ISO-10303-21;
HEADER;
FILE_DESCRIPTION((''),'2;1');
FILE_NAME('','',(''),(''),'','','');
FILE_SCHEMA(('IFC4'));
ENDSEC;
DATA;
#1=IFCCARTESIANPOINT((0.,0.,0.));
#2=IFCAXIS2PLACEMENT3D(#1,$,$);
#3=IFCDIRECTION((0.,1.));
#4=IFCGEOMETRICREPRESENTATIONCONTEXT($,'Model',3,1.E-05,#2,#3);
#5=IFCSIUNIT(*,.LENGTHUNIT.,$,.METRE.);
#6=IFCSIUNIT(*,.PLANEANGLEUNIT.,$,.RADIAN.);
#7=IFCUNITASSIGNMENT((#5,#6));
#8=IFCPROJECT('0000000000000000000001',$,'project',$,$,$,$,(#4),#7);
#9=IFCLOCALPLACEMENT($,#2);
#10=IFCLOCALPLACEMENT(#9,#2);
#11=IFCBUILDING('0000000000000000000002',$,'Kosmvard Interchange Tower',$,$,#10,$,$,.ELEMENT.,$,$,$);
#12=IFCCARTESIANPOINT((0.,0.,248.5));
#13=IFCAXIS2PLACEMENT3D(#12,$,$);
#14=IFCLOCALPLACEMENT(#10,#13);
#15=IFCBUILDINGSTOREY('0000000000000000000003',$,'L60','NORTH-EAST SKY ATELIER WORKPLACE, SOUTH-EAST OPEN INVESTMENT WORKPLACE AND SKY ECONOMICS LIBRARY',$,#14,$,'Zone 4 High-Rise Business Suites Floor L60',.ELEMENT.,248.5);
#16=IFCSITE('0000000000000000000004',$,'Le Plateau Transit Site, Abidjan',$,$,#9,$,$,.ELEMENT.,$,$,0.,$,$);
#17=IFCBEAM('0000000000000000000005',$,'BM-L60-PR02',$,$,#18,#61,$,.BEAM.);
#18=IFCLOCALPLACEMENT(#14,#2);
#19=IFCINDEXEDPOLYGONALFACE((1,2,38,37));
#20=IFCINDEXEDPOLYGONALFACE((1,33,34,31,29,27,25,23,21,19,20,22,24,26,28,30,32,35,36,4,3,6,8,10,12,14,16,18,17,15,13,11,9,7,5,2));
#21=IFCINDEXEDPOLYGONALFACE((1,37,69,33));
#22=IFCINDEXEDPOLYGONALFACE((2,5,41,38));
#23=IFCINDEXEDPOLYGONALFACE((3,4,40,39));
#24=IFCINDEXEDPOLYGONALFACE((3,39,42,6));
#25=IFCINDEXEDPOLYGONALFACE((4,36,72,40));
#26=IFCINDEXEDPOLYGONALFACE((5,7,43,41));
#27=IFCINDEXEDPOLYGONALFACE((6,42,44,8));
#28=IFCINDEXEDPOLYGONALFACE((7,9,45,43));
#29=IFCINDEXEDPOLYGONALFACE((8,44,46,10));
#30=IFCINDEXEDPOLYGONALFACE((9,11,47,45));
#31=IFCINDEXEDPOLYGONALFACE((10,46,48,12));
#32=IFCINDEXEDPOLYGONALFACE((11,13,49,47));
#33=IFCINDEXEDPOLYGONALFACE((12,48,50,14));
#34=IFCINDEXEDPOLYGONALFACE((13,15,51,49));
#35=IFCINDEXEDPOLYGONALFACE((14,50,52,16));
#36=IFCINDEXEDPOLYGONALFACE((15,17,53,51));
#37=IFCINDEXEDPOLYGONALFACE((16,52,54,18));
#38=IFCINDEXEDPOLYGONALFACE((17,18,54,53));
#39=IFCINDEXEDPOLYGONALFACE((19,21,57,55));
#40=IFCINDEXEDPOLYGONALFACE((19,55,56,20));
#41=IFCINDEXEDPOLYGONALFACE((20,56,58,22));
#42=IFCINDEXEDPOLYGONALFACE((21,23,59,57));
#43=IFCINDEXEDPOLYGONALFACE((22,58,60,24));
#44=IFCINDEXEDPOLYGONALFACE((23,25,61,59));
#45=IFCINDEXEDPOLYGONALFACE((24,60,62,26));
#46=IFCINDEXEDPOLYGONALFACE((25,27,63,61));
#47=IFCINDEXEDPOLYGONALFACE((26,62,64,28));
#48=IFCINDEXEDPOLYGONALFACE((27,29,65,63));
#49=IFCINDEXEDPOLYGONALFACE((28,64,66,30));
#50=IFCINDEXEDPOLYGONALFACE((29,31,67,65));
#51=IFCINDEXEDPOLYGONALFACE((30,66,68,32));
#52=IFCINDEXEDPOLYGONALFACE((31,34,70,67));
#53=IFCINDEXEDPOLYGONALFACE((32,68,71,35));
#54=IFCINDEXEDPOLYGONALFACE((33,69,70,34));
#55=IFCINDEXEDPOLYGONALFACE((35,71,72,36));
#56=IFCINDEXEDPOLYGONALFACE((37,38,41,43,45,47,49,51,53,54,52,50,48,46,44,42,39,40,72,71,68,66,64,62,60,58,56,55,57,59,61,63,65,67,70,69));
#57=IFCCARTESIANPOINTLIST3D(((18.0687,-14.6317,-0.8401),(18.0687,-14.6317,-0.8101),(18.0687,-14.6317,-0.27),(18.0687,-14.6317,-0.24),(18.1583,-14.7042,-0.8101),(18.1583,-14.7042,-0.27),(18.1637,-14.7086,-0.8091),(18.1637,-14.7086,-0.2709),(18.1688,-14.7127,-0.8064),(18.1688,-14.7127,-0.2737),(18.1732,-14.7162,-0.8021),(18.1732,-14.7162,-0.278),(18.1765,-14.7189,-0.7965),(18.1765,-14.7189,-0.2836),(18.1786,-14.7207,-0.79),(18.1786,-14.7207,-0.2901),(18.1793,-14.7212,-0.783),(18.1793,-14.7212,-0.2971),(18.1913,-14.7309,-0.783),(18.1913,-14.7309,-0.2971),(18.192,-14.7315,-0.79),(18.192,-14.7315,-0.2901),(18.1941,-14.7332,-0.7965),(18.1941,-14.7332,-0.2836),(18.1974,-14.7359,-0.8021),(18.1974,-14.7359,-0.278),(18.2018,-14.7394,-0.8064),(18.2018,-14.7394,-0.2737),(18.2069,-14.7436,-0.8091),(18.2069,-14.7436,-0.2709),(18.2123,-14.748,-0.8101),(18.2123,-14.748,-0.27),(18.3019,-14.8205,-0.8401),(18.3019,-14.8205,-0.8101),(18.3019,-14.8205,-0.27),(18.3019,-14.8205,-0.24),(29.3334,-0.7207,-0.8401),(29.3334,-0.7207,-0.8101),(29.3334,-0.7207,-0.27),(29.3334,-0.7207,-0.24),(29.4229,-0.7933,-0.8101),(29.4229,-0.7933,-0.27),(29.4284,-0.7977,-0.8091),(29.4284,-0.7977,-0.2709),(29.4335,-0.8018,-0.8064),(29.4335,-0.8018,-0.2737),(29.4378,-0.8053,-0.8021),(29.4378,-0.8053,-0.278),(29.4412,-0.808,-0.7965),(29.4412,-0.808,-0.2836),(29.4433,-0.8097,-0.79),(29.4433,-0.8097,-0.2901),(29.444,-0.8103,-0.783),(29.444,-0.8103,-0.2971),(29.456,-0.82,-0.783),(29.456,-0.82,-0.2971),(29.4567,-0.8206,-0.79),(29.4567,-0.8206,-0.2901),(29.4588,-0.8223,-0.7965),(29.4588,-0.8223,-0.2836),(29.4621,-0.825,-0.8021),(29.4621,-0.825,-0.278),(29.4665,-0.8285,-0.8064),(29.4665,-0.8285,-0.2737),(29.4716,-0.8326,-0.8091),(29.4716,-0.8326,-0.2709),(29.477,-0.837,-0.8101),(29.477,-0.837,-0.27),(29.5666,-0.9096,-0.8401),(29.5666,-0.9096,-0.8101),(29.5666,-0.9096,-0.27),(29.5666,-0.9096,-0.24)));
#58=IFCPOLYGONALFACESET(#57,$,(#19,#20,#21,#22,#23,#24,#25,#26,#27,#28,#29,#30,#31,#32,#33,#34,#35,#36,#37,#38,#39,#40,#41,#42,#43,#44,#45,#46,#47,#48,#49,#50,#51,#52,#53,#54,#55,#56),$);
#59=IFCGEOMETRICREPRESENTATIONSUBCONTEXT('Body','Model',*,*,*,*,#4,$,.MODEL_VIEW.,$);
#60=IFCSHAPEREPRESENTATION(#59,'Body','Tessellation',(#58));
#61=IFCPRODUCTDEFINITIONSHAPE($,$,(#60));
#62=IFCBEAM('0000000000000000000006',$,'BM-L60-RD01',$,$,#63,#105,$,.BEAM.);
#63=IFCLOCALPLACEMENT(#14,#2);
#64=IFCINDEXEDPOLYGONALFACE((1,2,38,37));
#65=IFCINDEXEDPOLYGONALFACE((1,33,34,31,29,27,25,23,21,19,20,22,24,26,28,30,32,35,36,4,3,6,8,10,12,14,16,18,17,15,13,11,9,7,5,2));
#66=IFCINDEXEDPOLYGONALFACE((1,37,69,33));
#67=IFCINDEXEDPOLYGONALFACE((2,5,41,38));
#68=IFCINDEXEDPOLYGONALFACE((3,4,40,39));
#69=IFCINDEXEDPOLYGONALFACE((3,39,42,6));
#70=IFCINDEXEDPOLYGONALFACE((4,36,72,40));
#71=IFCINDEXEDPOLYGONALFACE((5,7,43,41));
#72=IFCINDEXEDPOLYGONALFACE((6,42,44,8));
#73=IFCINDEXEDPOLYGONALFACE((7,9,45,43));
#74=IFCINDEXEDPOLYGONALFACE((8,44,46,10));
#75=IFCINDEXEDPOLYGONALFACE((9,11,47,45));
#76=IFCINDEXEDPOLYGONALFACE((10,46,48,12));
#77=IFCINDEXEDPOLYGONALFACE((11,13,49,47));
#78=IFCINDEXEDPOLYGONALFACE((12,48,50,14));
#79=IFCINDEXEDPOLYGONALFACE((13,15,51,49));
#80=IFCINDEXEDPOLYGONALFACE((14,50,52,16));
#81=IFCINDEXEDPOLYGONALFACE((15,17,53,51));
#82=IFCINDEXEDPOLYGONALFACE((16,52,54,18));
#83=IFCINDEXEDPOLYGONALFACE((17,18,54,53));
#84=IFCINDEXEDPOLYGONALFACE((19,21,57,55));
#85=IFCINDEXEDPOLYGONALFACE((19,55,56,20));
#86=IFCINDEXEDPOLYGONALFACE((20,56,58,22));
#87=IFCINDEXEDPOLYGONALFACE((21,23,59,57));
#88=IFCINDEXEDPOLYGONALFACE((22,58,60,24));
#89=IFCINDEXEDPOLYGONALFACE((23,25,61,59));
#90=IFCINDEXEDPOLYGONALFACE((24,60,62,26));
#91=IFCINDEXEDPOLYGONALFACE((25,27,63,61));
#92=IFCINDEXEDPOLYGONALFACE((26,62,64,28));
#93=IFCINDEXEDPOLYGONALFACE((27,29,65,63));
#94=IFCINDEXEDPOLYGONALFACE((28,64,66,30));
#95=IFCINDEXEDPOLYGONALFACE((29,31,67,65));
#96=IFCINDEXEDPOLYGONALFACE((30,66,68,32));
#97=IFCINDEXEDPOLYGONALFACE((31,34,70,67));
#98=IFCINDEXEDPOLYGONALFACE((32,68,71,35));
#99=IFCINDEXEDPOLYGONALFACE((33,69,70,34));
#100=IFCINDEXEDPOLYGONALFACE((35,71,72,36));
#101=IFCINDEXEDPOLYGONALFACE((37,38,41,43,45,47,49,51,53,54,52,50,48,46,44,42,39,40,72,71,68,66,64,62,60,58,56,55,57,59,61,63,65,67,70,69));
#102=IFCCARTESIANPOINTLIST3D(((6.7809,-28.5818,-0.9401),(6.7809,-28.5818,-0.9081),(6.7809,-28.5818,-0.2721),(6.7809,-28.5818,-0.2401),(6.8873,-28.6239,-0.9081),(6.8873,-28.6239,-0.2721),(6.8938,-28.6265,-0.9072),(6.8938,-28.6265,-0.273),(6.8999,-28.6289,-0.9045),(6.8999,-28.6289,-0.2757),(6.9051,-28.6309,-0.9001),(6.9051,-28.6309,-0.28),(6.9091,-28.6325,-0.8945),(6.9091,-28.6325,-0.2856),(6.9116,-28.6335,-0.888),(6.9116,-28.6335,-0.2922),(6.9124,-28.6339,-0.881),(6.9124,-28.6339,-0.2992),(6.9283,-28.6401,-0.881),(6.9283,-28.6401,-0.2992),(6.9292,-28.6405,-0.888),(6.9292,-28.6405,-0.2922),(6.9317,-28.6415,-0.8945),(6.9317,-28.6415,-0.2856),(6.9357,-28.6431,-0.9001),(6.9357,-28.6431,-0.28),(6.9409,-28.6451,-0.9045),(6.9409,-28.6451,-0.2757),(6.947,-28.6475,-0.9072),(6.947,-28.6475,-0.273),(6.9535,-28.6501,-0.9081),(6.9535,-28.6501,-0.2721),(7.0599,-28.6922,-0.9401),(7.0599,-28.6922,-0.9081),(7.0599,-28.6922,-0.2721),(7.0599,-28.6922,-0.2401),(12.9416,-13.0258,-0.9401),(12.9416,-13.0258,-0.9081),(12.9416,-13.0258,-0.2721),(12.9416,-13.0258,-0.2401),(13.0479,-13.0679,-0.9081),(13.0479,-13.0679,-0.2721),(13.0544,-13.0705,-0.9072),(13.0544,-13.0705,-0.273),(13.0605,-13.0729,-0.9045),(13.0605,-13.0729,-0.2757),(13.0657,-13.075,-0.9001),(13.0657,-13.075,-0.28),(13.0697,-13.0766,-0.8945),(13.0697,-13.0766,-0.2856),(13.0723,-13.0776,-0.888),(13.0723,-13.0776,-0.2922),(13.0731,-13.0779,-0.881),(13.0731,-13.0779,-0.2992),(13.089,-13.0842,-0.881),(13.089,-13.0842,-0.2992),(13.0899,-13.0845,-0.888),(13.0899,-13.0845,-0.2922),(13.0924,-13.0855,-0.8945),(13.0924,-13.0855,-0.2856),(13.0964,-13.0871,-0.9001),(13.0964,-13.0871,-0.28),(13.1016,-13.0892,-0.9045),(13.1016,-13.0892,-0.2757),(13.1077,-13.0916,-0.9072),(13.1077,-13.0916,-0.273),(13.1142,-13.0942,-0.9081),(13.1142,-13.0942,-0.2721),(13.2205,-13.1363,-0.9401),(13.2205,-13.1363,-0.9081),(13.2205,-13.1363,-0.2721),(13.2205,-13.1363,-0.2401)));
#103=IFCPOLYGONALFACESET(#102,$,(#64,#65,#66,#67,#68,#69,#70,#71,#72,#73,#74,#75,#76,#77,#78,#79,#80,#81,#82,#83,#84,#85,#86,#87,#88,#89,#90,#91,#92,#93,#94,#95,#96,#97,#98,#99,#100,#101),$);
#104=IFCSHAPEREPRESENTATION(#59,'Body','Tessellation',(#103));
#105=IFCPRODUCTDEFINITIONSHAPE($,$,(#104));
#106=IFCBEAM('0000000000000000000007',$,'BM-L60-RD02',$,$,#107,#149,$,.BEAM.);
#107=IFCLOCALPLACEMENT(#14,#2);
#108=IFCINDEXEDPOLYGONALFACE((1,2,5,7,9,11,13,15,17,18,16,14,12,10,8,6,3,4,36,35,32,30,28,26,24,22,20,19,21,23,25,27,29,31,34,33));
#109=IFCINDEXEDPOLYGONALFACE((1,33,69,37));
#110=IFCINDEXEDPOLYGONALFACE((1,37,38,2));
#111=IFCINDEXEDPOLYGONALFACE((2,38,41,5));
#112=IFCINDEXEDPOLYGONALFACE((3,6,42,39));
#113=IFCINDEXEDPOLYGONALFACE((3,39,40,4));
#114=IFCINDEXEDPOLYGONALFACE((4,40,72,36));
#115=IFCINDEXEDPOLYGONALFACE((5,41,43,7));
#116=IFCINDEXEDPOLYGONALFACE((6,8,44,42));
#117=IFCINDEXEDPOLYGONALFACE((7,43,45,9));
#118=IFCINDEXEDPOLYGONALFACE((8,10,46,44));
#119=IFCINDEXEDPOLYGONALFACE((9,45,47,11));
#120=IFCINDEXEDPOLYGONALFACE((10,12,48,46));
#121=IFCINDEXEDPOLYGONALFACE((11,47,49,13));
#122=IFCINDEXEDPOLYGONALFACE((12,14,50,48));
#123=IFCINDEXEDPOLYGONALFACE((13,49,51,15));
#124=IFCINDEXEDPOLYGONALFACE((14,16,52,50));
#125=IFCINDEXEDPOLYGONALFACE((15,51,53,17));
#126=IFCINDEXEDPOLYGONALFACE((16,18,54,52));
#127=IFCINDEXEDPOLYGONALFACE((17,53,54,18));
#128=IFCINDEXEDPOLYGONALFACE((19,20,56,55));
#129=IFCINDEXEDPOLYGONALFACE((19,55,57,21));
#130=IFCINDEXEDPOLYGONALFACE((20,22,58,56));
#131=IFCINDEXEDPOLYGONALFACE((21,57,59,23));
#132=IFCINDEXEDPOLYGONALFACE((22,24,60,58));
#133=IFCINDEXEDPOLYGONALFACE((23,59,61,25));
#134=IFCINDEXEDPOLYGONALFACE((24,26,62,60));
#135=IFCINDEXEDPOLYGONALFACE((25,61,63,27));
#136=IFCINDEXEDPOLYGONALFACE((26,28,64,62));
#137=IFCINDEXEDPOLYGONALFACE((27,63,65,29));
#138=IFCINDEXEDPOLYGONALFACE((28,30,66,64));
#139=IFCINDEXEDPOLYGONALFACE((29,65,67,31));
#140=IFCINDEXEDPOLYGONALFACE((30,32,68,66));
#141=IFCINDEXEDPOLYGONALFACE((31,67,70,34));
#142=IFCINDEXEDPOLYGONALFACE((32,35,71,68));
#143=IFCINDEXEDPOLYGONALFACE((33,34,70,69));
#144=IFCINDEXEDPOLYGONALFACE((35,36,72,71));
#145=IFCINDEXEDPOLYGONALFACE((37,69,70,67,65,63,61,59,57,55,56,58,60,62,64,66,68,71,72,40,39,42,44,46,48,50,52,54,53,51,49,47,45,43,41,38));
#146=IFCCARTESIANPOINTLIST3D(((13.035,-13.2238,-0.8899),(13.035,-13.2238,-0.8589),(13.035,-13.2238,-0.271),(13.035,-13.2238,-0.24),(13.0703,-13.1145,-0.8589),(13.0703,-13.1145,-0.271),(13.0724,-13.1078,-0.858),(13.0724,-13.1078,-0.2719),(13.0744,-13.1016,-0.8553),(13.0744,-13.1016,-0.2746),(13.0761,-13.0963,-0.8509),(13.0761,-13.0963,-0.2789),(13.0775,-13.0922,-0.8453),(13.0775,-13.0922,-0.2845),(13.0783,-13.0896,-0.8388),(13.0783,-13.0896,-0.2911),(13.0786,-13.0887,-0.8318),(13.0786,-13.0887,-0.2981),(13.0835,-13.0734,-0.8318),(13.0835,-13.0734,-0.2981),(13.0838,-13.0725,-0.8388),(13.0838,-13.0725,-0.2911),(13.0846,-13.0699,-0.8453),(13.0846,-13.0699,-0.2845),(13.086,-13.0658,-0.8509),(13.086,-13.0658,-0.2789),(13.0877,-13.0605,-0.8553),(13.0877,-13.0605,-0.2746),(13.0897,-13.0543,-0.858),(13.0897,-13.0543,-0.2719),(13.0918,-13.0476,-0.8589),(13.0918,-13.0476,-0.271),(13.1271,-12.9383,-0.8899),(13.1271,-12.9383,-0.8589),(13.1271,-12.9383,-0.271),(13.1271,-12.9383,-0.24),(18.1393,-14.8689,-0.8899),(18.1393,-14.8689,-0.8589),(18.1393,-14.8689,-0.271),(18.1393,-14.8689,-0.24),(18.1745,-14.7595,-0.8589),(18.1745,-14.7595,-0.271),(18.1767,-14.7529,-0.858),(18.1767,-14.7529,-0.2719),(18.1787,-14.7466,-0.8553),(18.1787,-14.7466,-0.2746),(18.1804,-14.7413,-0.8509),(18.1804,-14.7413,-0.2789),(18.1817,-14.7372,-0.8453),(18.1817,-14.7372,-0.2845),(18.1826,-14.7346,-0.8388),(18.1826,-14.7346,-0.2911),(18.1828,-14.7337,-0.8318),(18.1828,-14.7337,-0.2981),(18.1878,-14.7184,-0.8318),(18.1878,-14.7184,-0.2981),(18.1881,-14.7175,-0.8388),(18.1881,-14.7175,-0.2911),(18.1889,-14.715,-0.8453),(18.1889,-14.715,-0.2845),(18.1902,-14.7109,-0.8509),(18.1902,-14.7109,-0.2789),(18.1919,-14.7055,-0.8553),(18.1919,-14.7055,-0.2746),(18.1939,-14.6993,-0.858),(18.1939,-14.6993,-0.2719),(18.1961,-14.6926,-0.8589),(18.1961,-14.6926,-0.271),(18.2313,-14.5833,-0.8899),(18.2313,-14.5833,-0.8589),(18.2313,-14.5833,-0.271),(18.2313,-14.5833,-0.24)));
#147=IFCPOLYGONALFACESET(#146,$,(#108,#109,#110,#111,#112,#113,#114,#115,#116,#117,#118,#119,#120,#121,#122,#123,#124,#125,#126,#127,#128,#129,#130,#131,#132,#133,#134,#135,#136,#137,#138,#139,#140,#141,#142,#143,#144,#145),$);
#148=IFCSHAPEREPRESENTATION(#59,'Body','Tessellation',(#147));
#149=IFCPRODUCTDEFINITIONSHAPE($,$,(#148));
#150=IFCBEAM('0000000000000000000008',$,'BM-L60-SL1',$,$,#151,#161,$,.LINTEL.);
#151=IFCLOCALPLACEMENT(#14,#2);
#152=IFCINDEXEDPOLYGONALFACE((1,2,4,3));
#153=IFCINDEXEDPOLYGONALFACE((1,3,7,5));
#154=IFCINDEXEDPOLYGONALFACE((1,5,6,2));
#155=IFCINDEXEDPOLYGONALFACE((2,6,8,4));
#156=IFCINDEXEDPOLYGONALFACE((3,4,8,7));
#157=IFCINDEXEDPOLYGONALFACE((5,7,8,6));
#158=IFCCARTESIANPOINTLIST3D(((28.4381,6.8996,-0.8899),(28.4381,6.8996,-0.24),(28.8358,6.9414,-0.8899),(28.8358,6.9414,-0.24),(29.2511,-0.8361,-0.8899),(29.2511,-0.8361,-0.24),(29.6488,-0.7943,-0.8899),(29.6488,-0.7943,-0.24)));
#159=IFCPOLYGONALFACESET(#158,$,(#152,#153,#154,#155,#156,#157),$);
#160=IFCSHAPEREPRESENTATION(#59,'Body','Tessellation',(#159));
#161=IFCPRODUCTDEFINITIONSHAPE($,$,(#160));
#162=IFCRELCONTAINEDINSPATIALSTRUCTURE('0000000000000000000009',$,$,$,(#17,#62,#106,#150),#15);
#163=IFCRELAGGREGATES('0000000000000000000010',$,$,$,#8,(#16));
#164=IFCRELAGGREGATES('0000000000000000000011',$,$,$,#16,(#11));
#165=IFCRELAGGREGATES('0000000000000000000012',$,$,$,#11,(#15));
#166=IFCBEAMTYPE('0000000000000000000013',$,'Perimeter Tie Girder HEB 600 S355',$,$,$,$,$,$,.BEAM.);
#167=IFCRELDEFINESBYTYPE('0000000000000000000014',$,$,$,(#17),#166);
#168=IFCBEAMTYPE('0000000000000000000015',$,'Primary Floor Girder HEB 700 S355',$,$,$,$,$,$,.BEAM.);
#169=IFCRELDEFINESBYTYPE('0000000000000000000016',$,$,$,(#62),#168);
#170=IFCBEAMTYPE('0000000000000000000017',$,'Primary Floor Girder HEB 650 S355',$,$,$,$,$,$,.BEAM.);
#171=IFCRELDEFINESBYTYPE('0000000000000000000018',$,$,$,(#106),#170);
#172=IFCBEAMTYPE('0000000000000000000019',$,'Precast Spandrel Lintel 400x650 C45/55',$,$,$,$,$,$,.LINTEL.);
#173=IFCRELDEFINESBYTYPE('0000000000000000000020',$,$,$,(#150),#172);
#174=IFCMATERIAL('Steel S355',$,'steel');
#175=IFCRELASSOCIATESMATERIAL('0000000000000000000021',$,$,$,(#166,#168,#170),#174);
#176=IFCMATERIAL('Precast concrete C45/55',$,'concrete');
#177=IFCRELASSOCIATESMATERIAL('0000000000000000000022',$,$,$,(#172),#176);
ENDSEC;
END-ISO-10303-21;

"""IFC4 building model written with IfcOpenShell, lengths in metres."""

from ifc_helpers import new_model, si_unit, direction, frame, origin, origin_2d, place, context, subcontext, project, spatial, rectangle, i_section, extrude, source, transform, mapped, material, material_profile, profile_set, type_object, element, save


model = new_model("IFC4")

# Units and contexts
model_context = context("Model", 3, precision=1e-05, world=origin(), true_north=direction((0.0, 1.0)))
body_context = subcontext(model_context, "Body", "Model", "MODEL_VIEW")
ifc_project = project(units=[si_unit("LENGTHUNIT", "METRE"), si_unit("PLANEANGLEUNIT", "RADIAN")], contexts=[model_context])

# Site, building, storey
site_placement = place(None, origin())
site = spatial("IfcSite", under=ifc_project, at=site_placement, Name="Le Plateau Transit Site, Abidjan", CompositionType="ELEMENT", RefElevation=0.0)
building_placement = place(site_placement, origin())
building = spatial("IfcBuilding", under=site, at=building_placement, Name="Kosmvard Interchange Tower", CompositionType="ELEMENT")
storey_placement = place(building_placement, frame((0.0, 0.0, 248.5)))
storey = spatial("IfcBuildingStorey", under=building, at=storey_placement, Name="L60", Description="NORTH-EAST SKY ATELIER WORKPLACE, SOUTH-EAST OPEN INVESTMENT WORKPLACE AND SKY ECONOMICS LIBRARY", LongName="Zone 4 High-Rise Business Suites Floor L60", CompositionType="ELEMENT", Elevation=248.5)

# Beams
ifc_material_1 = material(Name="Steel S355", Category="steel")
ifc_material_profile_1 = material_profile(ifc_material_1, i_section(OverallWidth=0.3, OverallDepth=0.6001, WebThickness=0.0154, FlangeThickness=0.03, FilletRadius=0.0271, at=origin_2d()), Name="HEB 600")
ifc_profile_set_1 = profile_set([ifc_material_profile_1], Name="Steel S355")
beam_type_1 = type_object("IfcBeamType", Name="Perimeter Tie Girder HEB 600 S355", PredefinedType="BEAM", material=ifc_profile_set_1)
shared_shape_1 = source(origin(), body_context, "Body", "SweptSolid", [
    extrude(i_section(OverallWidth=0.3, OverallDepth=0.6001, WebThickness=0.0154, FlangeThickness=0.03, FilletRadius=0.0271, at=origin_2d()), origin(), (0.0, 0.0, 1.0), 17.8999),
])
beam_1_placement = place(storey_placement, frame((18.1853, -14.7261, -0.54), z_axis=(0.629315, 0.777151, 0.0), x_axis=(-0.777151, 0.629315, 0.0)))
element("IfcBeam", 1, at=beam_1_placement, inside=storey, type_object=beam_type_1, Name="BM-L60-PR02", PredefinedType="BEAM", context=body_context, shape_type="MappedRepresentation", body=[
    mapped(shared_shape_1, transform((0.0, 0.0, 0.0), scale=1.0)),
])
ifc_material_profile_2 = material_profile(ifc_material_1, i_section(OverallWidth=0.3, OverallDepth=0.7, WebThickness=0.0171, FlangeThickness=0.032, FilletRadius=0.0271, at=origin_2d()), Name="HEB 700")
ifc_profile_set_2 = profile_set([ifc_material_profile_2], Name="Steel S355")
beam_type_2 = type_object("IfcBeamType", Name="Primary Floor Girder HEB 700 S355", PredefinedType="BEAM", material=ifc_profile_set_2)
shared_shape_2 = source(origin(), body_context, "Body", "SweptSolid", [
    extrude(i_section(OverallWidth=0.3, OverallDepth=0.7, WebThickness=0.0171, FlangeThickness=0.032, FilletRadius=0.0271, at=origin_2d()), origin(), (0.0, 0.0, 1.0), 16.7314),
])
beam_2_placement = place(storey_placement, frame((13.0811, -13.0811, -0.5901), z_axis=(-0.368209, -0.929743, 0.0), x_axis=(0.929743, -0.368209, 0.0)))
element("IfcBeam", 2, at=beam_2_placement, inside=storey, type_object=beam_type_2, Name="BM-L60-RD01", PredefinedType="BEAM", context=body_context, shape_type="MappedRepresentation", body=[
    mapped(shared_shape_2, transform((0.0, 0.0, 0.0), scale=1.0)),
])
ifc_material_profile_3 = material_profile(ifc_material_1, i_section(OverallWidth=0.3, OverallDepth=0.6499, WebThickness=0.0161, FlangeThickness=0.031, FilletRadius=0.0271, at=origin_2d()), Name="HEB 650")
ifc_profile_set_3 = profile_set([ifc_material_profile_3], Name="Steel S355")
beam_type_3 = type_object("IfcBeamType", Name="Primary Floor Girder HEB 650 S355", PredefinedType="BEAM", material=ifc_profile_set_3)
shared_shape_3 = source(origin(), body_context, "Body", "SweptSolid", [
    extrude(i_section(OverallWidth=0.3, OverallDepth=0.6499, WebThickness=0.0161, FlangeThickness=0.031, FilletRadius=0.0271, at=origin_2d()), origin(), (0.0, 0.0, 1.0), 5.3628),
])
beam_3_placement = place(storey_placement, frame((13.0811, -13.0811, -0.5649), z_axis=(0.951791, -0.306747, 0.0), x_axis=(0.306747, 0.951791, 0.0)))
element("IfcBeam", 3, at=beam_3_placement, inside=storey, type_object=beam_type_3, Name="BM-L60-RD02", PredefinedType="BEAM", context=body_context, shape_type="MappedRepresentation", body=[
    mapped(shared_shape_3, transform((0.0, 0.0, 0.0), scale=1.0)),
])
ifc_material_2 = material(Name="Precast concrete C45/55", Category="concrete")
ifc_material_profile_4 = material_profile(ifc_material_2, rectangle(XDim=0.3999, YDim=0.6499, at=origin_2d()), Name="SL 400x650")
ifc_profile_set_4 = profile_set([ifc_material_profile_4], Name="Precast concrete C45/55")
beam_type_4 = type_object("IfcBeamType", Name="Precast Spandrel Lintel 400x650 C45/55", PredefinedType="LINTEL", material=ifc_profile_set_4)
shared_shape_4 = source(origin(), body_context, "Body", "SweptSolid", [
    extrude(rectangle(XDim=0.3999, YDim=0.6499, at=origin_2d()), origin(), (0.0, 0.0, 1.0), 7.7783),
])
beam_4_placement = place(storey_placement, frame((29.45, -0.8152, -0.5649), z_axis=(-0.104521, 0.994523, 0.0), x_axis=(-0.994523, -0.104521, 0.0)))
element("IfcBeam", 4, at=beam_4_placement, inside=storey, type_object=beam_type_4, Name="BM-L60-SL1", PredefinedType="LINTEL", context=body_context, shape_type="MappedRepresentation", body=[
    mapped(shared_shape_4, transform((0.0, 0.0, 0.0), scale=1.0)),
])

save(model, "model.ifc")
